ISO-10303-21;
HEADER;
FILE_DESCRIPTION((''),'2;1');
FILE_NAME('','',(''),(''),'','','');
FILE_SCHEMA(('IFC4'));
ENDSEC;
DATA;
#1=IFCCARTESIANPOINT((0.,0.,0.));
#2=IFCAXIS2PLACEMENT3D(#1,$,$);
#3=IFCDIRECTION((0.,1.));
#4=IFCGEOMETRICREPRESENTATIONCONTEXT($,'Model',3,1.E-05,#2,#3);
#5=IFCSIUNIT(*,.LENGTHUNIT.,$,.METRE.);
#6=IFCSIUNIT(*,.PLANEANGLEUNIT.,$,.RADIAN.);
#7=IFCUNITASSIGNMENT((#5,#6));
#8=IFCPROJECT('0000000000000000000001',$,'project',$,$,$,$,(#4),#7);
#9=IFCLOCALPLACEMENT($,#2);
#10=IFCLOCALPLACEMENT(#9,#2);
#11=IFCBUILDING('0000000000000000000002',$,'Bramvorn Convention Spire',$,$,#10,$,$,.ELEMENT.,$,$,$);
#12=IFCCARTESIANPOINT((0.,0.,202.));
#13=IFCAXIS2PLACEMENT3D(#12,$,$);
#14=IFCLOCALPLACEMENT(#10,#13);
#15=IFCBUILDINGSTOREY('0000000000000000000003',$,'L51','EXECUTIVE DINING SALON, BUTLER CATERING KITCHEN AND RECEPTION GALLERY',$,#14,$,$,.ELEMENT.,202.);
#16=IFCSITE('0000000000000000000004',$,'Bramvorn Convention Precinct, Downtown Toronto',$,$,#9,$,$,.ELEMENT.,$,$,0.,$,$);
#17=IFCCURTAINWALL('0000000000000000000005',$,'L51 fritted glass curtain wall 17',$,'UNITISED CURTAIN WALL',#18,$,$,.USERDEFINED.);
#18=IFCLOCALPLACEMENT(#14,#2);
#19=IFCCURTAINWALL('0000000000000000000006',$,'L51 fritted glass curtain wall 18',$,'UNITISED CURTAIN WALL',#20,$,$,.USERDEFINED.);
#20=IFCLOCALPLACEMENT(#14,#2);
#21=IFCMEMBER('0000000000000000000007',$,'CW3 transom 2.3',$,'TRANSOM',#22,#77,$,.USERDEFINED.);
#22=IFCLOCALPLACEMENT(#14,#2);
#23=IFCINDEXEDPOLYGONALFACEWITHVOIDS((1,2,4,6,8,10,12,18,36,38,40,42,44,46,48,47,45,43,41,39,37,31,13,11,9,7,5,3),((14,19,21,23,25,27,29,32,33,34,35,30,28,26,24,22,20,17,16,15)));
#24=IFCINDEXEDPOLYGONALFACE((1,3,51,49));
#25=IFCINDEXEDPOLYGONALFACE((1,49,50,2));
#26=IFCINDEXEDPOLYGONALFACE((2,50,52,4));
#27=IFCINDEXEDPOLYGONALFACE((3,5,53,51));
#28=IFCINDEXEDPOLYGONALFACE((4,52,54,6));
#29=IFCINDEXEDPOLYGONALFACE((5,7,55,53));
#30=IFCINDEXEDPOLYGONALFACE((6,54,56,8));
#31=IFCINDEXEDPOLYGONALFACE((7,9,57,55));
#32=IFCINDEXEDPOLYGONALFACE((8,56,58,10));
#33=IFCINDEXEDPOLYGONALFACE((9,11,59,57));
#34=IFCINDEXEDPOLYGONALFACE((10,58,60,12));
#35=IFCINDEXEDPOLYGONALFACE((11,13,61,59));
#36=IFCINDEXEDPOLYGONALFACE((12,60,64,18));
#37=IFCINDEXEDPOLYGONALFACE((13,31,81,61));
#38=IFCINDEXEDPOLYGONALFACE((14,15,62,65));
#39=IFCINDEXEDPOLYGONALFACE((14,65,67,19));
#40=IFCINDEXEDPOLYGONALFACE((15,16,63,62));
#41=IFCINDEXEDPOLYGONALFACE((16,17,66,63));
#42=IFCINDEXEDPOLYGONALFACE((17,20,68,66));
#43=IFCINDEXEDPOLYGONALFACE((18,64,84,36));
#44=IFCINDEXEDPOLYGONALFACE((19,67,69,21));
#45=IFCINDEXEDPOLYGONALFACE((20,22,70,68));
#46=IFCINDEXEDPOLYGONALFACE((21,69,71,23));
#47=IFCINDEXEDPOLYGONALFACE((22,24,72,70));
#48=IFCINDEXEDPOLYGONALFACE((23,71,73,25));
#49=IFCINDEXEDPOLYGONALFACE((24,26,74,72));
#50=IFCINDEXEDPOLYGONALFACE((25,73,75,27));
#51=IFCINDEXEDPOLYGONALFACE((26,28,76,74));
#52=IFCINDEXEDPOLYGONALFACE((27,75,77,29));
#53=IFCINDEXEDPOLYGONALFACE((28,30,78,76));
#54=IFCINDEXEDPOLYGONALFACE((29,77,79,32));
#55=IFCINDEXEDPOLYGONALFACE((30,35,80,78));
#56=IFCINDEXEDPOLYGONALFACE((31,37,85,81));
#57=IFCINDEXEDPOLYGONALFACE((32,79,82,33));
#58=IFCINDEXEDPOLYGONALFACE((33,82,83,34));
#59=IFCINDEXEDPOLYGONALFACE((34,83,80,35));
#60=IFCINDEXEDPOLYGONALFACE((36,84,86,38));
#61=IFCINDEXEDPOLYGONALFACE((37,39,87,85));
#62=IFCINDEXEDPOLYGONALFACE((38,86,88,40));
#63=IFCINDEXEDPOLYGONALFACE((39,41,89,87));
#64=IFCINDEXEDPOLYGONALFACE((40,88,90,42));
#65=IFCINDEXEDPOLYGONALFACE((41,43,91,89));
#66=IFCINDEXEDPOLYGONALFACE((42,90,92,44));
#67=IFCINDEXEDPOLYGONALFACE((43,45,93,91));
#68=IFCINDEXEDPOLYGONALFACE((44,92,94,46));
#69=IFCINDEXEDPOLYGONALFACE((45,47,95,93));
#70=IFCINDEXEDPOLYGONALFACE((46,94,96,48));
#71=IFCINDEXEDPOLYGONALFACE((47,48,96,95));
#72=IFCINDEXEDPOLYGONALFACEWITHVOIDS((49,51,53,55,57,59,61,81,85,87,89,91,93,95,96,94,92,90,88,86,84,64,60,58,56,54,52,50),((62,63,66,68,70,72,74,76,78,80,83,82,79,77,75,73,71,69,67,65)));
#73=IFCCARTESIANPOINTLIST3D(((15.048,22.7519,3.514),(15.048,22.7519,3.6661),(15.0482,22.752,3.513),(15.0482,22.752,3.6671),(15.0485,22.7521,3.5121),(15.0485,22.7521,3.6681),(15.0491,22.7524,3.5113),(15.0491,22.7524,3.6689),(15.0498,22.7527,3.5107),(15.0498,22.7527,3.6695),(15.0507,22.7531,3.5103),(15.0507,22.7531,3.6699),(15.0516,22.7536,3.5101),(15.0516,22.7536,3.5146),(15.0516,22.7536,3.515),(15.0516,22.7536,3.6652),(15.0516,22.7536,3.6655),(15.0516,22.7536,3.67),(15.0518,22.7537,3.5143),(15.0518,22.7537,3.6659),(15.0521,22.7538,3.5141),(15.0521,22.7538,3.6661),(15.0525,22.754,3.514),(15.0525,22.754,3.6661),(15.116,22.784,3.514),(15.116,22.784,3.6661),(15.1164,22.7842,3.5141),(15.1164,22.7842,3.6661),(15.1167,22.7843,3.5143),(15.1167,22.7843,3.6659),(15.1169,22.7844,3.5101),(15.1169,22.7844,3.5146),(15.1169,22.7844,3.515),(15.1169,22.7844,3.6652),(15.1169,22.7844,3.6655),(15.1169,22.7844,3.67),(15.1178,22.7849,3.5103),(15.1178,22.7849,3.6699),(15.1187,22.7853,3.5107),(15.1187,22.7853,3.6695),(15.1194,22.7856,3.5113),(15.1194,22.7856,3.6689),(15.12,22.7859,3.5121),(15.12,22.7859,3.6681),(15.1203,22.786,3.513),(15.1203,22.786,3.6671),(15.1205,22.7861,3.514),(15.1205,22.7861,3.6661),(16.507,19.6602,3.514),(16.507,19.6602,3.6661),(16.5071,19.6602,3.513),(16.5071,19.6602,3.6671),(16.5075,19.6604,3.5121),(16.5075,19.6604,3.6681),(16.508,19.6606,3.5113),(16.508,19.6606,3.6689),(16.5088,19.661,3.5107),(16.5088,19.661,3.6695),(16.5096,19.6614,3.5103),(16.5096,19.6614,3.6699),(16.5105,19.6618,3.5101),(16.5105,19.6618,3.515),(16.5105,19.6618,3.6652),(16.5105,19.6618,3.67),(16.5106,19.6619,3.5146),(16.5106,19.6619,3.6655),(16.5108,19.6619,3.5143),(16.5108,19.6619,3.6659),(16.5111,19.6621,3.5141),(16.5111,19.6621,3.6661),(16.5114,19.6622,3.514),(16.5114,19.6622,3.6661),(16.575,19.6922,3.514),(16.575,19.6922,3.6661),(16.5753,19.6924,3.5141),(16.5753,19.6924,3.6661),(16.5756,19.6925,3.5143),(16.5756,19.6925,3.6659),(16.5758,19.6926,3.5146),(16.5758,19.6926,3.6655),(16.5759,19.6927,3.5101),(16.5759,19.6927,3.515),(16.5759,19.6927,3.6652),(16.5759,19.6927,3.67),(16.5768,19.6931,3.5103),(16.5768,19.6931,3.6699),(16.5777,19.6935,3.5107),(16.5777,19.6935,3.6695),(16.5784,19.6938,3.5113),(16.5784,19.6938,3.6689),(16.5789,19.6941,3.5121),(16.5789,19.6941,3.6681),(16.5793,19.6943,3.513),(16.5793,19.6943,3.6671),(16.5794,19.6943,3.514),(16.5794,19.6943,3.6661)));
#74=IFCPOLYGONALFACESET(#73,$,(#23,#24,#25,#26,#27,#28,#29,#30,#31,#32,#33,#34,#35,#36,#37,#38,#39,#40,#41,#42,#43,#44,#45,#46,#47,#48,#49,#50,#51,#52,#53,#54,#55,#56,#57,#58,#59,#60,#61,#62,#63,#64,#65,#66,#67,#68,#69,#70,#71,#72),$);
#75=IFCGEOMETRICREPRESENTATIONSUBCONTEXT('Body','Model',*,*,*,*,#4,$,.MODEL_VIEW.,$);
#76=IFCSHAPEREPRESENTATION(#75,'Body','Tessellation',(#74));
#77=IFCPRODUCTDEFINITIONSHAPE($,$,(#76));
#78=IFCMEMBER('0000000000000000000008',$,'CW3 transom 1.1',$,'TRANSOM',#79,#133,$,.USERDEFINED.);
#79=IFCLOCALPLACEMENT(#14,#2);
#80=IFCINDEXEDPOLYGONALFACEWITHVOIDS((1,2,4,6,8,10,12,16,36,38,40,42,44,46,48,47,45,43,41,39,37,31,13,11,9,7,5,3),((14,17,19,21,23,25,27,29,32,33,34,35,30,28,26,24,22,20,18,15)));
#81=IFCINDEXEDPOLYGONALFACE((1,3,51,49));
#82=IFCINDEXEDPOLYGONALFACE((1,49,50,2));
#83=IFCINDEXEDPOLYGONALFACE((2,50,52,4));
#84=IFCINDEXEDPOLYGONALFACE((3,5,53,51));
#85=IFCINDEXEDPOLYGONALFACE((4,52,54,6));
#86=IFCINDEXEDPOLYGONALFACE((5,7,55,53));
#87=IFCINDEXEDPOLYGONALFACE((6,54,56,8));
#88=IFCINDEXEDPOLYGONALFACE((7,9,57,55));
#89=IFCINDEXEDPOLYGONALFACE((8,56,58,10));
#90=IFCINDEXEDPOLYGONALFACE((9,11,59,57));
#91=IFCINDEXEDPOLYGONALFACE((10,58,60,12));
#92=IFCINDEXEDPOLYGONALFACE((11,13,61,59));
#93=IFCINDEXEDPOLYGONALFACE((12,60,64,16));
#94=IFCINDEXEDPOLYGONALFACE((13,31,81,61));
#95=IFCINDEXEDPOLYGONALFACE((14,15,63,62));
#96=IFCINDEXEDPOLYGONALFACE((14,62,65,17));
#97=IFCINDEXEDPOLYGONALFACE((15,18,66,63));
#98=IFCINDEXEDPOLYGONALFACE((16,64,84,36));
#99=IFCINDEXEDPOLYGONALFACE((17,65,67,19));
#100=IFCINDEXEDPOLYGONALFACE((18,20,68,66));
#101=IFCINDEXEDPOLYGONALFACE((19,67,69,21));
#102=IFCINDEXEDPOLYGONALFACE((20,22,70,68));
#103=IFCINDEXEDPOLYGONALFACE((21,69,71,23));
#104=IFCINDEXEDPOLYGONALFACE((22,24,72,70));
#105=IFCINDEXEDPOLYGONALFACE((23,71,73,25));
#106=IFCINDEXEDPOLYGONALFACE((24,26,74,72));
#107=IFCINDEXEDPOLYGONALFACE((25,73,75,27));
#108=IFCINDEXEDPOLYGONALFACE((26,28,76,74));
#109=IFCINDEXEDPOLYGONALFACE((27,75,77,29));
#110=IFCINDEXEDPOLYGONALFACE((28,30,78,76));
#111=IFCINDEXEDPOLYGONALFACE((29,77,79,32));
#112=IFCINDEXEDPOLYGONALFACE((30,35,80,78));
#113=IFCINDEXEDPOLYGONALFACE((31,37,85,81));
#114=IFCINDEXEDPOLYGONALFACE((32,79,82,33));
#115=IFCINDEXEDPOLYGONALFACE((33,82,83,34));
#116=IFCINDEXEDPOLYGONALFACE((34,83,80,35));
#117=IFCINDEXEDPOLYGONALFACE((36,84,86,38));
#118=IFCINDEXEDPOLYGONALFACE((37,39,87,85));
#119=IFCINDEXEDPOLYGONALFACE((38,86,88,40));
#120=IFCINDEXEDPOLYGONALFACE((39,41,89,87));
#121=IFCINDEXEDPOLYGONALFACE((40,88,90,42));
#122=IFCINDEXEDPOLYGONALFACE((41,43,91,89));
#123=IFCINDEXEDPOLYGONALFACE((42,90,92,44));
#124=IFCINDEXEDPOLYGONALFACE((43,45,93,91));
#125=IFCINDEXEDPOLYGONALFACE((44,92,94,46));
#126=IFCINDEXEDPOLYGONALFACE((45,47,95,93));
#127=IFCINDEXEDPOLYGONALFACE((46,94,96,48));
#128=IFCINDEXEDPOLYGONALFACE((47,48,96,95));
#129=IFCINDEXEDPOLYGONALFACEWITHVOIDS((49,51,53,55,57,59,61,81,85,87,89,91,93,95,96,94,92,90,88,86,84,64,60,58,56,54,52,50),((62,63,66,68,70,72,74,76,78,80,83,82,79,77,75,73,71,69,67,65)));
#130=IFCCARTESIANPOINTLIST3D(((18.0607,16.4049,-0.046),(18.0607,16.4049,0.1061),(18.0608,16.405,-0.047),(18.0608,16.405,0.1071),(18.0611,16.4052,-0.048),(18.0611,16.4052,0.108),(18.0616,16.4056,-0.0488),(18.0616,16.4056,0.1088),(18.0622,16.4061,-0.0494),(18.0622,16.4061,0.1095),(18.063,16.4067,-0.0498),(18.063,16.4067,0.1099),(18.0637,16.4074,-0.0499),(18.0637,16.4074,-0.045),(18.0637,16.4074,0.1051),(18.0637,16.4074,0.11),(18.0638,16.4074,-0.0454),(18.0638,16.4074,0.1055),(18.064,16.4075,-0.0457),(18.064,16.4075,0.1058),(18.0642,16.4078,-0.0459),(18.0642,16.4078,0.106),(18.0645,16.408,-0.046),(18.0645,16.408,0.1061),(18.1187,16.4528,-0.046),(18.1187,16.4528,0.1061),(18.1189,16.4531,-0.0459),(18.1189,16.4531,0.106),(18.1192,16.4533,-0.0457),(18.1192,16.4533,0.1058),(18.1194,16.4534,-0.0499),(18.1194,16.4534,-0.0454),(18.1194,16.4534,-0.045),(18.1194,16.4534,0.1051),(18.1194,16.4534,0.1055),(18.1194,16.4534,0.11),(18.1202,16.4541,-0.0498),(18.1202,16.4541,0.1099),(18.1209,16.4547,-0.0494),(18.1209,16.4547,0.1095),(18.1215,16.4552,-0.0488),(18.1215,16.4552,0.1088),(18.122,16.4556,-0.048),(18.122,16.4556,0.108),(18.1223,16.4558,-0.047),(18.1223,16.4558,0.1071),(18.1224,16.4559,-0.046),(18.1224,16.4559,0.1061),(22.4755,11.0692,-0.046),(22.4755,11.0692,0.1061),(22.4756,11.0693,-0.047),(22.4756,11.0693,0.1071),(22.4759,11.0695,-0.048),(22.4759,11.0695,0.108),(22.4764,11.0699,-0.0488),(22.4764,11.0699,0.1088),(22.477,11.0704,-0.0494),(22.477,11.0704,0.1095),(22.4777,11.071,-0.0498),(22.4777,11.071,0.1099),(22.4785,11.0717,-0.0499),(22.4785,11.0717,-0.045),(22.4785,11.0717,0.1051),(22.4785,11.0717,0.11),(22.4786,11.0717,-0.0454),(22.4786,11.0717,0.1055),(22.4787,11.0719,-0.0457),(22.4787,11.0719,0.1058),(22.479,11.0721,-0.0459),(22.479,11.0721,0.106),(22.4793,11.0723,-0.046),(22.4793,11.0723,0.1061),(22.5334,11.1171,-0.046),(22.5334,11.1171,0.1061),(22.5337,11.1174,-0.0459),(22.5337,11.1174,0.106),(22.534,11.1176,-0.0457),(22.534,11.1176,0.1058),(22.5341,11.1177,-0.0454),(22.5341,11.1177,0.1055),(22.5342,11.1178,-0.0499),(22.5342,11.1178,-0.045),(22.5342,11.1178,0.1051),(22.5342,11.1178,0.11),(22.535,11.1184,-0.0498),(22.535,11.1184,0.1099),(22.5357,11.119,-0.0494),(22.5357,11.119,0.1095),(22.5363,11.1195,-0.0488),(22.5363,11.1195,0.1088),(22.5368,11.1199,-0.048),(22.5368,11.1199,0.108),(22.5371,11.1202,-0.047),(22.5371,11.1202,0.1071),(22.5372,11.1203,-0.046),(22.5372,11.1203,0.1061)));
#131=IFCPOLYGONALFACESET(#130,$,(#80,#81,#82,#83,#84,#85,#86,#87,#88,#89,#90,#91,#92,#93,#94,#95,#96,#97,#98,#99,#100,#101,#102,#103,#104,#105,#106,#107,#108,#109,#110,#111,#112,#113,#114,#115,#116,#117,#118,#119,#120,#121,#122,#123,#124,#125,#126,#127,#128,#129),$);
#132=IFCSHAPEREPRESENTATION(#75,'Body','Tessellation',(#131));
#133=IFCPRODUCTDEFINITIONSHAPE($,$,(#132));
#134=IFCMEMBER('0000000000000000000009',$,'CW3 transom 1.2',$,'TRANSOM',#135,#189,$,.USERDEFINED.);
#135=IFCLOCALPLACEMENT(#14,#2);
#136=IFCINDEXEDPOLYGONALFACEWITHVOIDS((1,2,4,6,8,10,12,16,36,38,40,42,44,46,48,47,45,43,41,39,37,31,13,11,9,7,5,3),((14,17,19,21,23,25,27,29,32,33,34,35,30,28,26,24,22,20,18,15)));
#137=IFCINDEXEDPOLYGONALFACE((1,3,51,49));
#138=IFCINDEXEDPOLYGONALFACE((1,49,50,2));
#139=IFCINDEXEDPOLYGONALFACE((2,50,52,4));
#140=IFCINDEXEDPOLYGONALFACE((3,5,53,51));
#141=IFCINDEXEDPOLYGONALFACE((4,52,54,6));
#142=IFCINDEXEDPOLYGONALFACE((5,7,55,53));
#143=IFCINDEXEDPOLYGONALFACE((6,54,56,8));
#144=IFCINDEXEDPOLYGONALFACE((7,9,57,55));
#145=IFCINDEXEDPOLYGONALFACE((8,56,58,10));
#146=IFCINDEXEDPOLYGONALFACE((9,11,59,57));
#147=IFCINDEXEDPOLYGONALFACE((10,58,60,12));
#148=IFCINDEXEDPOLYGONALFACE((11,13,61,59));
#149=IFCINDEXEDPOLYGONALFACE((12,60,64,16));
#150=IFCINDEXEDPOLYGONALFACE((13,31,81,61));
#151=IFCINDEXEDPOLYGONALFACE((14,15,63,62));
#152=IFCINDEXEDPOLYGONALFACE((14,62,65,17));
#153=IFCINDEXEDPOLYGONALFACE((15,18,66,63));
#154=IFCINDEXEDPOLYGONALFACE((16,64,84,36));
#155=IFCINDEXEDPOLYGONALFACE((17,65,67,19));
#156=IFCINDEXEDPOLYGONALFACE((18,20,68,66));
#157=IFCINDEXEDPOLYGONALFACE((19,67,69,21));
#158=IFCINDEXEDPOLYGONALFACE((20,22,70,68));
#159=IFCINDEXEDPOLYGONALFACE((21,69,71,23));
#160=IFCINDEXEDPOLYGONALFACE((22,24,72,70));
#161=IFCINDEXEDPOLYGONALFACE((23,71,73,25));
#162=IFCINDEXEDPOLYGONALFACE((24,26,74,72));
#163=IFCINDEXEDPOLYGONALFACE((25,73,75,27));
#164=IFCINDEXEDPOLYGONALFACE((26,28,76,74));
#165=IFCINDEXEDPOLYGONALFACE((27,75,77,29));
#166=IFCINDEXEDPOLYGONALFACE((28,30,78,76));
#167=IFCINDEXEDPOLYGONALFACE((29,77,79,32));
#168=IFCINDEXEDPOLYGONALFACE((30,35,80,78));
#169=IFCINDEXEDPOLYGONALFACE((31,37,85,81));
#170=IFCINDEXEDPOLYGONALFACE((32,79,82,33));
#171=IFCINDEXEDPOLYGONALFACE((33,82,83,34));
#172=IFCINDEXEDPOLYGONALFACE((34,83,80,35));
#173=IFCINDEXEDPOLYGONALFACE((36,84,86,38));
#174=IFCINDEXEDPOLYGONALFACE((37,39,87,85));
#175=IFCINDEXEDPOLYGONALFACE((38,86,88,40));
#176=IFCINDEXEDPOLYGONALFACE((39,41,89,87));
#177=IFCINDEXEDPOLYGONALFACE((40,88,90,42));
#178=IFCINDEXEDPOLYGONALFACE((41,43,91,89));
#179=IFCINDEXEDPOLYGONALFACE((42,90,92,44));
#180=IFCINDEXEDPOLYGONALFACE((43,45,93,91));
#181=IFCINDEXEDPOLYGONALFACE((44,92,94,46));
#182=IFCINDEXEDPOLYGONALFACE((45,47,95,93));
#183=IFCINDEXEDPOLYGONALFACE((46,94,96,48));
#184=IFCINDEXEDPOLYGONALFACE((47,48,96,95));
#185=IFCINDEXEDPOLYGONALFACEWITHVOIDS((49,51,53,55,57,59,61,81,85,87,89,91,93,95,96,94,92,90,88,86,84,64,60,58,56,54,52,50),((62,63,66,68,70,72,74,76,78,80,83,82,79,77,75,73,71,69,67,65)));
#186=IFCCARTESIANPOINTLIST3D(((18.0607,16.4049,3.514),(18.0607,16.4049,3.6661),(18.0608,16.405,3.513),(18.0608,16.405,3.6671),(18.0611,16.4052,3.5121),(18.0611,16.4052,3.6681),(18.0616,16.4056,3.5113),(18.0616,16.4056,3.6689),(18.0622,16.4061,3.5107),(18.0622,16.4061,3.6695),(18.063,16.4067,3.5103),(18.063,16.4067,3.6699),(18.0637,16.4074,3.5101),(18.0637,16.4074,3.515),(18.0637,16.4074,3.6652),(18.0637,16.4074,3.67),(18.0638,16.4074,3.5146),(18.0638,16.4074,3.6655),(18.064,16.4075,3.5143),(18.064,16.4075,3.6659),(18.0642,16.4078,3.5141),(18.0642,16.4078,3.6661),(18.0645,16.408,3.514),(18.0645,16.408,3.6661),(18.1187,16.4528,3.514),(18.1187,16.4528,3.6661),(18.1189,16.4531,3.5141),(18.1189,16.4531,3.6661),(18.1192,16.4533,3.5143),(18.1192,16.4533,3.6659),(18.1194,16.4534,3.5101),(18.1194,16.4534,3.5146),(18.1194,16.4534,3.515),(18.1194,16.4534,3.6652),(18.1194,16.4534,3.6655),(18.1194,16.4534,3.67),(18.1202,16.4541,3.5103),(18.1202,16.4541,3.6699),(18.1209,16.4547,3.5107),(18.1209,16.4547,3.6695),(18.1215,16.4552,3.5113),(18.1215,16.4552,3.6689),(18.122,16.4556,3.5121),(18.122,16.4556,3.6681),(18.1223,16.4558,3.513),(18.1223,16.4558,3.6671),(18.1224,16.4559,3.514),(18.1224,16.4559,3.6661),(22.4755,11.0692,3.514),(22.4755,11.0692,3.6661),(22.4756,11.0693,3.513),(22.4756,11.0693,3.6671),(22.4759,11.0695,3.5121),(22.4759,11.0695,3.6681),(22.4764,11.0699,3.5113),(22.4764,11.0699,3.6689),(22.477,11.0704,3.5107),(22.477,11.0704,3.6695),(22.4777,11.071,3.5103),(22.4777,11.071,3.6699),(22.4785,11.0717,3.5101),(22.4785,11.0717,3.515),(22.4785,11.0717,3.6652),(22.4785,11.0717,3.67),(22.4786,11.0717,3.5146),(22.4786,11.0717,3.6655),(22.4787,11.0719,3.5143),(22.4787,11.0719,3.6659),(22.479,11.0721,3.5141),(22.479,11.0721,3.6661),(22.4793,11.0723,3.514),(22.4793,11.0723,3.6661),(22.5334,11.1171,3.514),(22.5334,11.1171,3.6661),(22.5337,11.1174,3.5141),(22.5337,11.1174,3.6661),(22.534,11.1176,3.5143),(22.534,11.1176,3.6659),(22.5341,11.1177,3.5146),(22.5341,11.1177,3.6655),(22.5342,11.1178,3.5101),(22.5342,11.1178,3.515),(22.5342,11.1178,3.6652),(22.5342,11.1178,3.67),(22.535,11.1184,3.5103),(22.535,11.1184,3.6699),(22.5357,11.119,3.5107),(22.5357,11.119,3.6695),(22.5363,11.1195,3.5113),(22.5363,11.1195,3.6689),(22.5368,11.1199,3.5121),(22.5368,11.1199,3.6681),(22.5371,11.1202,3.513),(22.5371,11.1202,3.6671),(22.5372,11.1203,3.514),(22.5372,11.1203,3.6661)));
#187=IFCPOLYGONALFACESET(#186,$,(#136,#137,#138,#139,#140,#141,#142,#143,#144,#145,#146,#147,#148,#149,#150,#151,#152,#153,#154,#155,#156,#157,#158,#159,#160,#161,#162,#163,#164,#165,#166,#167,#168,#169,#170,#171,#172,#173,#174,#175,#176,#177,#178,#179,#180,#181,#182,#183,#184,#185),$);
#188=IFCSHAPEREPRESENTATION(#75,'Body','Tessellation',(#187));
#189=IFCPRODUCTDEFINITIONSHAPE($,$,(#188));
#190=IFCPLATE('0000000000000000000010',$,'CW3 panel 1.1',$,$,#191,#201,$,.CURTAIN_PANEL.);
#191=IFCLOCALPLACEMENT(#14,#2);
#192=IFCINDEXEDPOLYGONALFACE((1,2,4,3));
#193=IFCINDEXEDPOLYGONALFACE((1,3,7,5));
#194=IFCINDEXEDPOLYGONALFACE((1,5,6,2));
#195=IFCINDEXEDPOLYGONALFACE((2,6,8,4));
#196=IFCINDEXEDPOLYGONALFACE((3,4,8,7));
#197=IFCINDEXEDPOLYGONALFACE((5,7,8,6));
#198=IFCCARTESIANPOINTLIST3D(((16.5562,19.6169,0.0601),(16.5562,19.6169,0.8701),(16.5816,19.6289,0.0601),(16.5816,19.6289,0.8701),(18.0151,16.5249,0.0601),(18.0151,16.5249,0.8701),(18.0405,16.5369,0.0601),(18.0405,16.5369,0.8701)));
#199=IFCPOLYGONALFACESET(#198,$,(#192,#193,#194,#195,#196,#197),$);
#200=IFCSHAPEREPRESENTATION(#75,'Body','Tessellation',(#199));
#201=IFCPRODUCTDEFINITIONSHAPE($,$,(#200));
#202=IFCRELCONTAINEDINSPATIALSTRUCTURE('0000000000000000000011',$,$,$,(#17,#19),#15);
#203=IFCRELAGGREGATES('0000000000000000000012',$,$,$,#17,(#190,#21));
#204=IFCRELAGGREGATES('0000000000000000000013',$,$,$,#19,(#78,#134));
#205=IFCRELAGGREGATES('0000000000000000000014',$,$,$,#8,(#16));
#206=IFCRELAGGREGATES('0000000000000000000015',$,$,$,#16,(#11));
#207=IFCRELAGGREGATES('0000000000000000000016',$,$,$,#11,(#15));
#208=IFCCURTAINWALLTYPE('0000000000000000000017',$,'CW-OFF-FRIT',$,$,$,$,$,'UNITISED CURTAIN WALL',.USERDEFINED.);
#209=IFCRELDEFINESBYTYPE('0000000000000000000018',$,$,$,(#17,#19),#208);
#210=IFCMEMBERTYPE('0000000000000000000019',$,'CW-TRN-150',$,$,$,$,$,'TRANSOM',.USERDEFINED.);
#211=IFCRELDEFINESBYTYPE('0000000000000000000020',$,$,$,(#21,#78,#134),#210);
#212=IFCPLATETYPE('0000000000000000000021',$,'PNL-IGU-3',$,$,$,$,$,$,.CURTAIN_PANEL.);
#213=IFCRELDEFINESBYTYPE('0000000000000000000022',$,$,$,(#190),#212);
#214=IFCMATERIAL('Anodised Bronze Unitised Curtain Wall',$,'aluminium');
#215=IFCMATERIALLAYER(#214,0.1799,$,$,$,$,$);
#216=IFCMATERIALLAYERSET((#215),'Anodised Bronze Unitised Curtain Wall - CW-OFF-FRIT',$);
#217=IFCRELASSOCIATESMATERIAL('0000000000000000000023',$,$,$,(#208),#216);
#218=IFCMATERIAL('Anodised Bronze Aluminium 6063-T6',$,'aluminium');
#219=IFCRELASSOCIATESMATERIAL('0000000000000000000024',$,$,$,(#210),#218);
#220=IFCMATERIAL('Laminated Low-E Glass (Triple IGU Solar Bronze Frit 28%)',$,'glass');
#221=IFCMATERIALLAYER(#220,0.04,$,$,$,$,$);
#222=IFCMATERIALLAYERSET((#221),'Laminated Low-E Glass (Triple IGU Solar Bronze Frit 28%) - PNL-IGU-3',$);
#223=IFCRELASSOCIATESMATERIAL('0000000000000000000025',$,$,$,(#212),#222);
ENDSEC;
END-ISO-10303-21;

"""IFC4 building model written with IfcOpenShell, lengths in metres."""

from ifc_helpers import new_model, si_unit, direction, frame, origin, origin_2d, place, context, subcontext, project, spatial, rectangle, hollow_rectangle, extrude, material, layer, layer_set, material_profile, profile_set, type_object, element, aggregate, save


model = new_model("IFC4")

# Units and contexts
model_context = context("Model", 3, precision=1e-05, world=origin(), true_north=direction((0.0, 1.0)))
body_context = subcontext(model_context, "Body", "Model", "MODEL_VIEW")
ifc_project = project(units=[si_unit("LENGTHUNIT", "METRE"), si_unit("PLANEANGLEUNIT", "RADIAN")], contexts=[model_context])

# Site, building, storey
site_placement = place(None, origin())
site = spatial("IfcSite", under=ifc_project, at=site_placement, Name="Bramvorn Convention Precinct, Downtown Toronto", CompositionType="ELEMENT", RefElevation=0.0)
building_placement = place(site_placement, origin())
building = spatial("IfcBuilding", under=site, at=building_placement, Name="Bramvorn Convention Spire", CompositionType="ELEMENT")
storey_placement = place(building_placement, frame((0.0, 0.0, 202.0)))
storey = spatial("IfcBuildingStorey", under=building, at=storey_placement, Name="L51", Description="EXECUTIVE DINING SALON, BUTLER CATERING KITCHEN AND RECEPTION GALLERY", CompositionType="ELEMENT", Elevation=202.0)

# Curtain wall
ifc_material_1 = material(Name="Anodised Bronze Unitised Curtain Wall", Category="aluminium")
ifc_layer_1 = layer(ifc_material_1, 0.1799)
ifc_layer_set_1 = layer_set([ifc_layer_1], Name="Anodised Bronze Unitised Curtain Wall - CW-OFF-FRIT")
curtain_wall_type = type_object("IfcCurtainWallType", Name="CW-OFF-FRIT", ElementType="UNITISED CURTAIN WALL", PredefinedType="USERDEFINED", material=ifc_layer_set_1)
curtain_wall_1_placement = place(storey_placement, origin())
curtain_wall_1 = element("IfcCurtainWall", 1, at=curtain_wall_1_placement, inside=storey, type_object=curtain_wall_type, Name="L51 fritted glass curtain wall 17", ObjectType="UNITISED CURTAIN WALL", PredefinedType="USERDEFINED")
ifc_material_2 = material(Name="Anodised Bronze Aluminium 6063-T6", Category="aluminium")

# Curtain wall
curtain_wall_2_placement = place(storey_placement, origin())
curtain_wall_2 = element("IfcCurtainWall", 2, at=curtain_wall_2_placement, inside=storey, type_object=curtain_wall_type, Name="L51 fritted glass curtain wall 18", ObjectType="UNITISED CURTAIN WALL", PredefinedType="USERDEFINED")

# Members
ifc_material_profile_1 = material_profile(ifc_material_2, hollow_rectangle(XDim=0.0801, YDim=0.1599, WallThickness=0.0039, InnerFilletRadius=0.001, OuterFilletRadius=0.0039, at=origin_2d()))
ifc_profile_set_1 = profile_set([ifc_material_profile_1], Name="Anodised Bronze Aluminium 6063-T6 - CWT80X160")
member_type_1 = type_object("IfcMemberType", Name="CW-TRN-150", ElementType="TRANSOM", PredefinedType="USERDEFINED", material=ifc_profile_set_1)
member_1_placement = place(storey_placement, frame((16.5432, 19.6772, 3.5901), z_axis=(-0.42676, 0.904365, 0.0), x_axis=(-0.904365, -0.42676, 0.0)))
member_1 = element("IfcMember", 3, at=member_1_placement, type_object=member_type_1, Name="CW3 transom 2.3", ObjectType="TRANSOM", PredefinedType="USERDEFINED", context=body_context, shape_type="SweptSolid", body=[
    extrude(hollow_rectangle(XDim=0.0801, YDim=0.1599, WallThickness=0.0039, InnerFilletRadius=0.001, OuterFilletRadius=0.0039, at=origin_2d()), origin(), (0.0, 0.0, 1.0), 3.4187),
])
member_2_placement = place(storey_placement, frame((22.5063, 11.0947, 0.03), z_axis=(-0.637486, 0.770462, 0.0), x_axis=(-0.770462, -0.637486, 0.0)))
member_2 = element("IfcMember", 4, at=member_2_placement, type_object=member_type_1, Name="CW3 transom 1.1", ObjectType="TRANSOM", PredefinedType="USERDEFINED", context=body_context, shape_type="SweptSolid", body=[
    extrude(hollow_rectangle(XDim=0.0801, YDim=0.1599, WallThickness=0.0039, InnerFilletRadius=0.001, OuterFilletRadius=0.0039, at=origin_2d()), origin(), (0.0, 0.0, 1.0), 6.9253),
])
member_3_placement = place(storey_placement, frame((22.5063, 11.0947, 3.5901), z_axis=(-0.637486, 0.770462, 0.0), x_axis=(-0.770462, -0.637486, 0.0)))
member_3 = element("IfcMember", 5, at=member_3_placement, type_object=member_type_1, Name="CW3 transom 1.2", ObjectType="TRANSOM", PredefinedType="USERDEFINED", context=body_context, shape_type="SweptSolid", body=[
    extrude(hollow_rectangle(XDim=0.0801, YDim=0.1599, WallThickness=0.0039, InnerFilletRadius=0.001, OuterFilletRadius=0.0039, at=origin_2d()), origin(), (0.0, 0.0, 1.0), 6.9253),
])

# Plate
ifc_material_3 = material(Name="Laminated Low-E Glass (Triple IGU Solar Bronze Frit 28%)", Category="glass")
ifc_layer_2 = layer(ifc_material_3, 0.04)
ifc_layer_set_2 = layer_set([ifc_layer_2], Name="Laminated Low-E Glass (Triple IGU Solar Bronze Frit 28%) - PNL-IGU-3")
plate_type = type_object("IfcPlateType", Name="PNL-IGU-3", PredefinedType="CURTAIN_PANEL", material=ifc_layer_set_2)
plate_1_placement = place(storey_placement, frame((17.2983, 18.0769, 0.0601), z_axis=(0.0, 0.0, 1.0), x_axis=(-0.42672, 0.904384, 0.0)))
plate_1 = element("IfcPlate", 6, at=plate_1_placement, type_object=plate_type, Name="CW3 panel 1.1", PredefinedType="CURTAIN_PANEL", context=body_context, shape_type="SweptSolid", body=[
    extrude(rectangle(XDim=3.4189, YDim=0.0281, at=origin_2d()), origin(), (0.0, 0.0, 1.0), 0.8101),
])
aggregate(curtain_wall_1, [plate_1, member_1])
aggregate(curtain_wall_2, [member_2, member_3])

save(model, "model.ifc")
